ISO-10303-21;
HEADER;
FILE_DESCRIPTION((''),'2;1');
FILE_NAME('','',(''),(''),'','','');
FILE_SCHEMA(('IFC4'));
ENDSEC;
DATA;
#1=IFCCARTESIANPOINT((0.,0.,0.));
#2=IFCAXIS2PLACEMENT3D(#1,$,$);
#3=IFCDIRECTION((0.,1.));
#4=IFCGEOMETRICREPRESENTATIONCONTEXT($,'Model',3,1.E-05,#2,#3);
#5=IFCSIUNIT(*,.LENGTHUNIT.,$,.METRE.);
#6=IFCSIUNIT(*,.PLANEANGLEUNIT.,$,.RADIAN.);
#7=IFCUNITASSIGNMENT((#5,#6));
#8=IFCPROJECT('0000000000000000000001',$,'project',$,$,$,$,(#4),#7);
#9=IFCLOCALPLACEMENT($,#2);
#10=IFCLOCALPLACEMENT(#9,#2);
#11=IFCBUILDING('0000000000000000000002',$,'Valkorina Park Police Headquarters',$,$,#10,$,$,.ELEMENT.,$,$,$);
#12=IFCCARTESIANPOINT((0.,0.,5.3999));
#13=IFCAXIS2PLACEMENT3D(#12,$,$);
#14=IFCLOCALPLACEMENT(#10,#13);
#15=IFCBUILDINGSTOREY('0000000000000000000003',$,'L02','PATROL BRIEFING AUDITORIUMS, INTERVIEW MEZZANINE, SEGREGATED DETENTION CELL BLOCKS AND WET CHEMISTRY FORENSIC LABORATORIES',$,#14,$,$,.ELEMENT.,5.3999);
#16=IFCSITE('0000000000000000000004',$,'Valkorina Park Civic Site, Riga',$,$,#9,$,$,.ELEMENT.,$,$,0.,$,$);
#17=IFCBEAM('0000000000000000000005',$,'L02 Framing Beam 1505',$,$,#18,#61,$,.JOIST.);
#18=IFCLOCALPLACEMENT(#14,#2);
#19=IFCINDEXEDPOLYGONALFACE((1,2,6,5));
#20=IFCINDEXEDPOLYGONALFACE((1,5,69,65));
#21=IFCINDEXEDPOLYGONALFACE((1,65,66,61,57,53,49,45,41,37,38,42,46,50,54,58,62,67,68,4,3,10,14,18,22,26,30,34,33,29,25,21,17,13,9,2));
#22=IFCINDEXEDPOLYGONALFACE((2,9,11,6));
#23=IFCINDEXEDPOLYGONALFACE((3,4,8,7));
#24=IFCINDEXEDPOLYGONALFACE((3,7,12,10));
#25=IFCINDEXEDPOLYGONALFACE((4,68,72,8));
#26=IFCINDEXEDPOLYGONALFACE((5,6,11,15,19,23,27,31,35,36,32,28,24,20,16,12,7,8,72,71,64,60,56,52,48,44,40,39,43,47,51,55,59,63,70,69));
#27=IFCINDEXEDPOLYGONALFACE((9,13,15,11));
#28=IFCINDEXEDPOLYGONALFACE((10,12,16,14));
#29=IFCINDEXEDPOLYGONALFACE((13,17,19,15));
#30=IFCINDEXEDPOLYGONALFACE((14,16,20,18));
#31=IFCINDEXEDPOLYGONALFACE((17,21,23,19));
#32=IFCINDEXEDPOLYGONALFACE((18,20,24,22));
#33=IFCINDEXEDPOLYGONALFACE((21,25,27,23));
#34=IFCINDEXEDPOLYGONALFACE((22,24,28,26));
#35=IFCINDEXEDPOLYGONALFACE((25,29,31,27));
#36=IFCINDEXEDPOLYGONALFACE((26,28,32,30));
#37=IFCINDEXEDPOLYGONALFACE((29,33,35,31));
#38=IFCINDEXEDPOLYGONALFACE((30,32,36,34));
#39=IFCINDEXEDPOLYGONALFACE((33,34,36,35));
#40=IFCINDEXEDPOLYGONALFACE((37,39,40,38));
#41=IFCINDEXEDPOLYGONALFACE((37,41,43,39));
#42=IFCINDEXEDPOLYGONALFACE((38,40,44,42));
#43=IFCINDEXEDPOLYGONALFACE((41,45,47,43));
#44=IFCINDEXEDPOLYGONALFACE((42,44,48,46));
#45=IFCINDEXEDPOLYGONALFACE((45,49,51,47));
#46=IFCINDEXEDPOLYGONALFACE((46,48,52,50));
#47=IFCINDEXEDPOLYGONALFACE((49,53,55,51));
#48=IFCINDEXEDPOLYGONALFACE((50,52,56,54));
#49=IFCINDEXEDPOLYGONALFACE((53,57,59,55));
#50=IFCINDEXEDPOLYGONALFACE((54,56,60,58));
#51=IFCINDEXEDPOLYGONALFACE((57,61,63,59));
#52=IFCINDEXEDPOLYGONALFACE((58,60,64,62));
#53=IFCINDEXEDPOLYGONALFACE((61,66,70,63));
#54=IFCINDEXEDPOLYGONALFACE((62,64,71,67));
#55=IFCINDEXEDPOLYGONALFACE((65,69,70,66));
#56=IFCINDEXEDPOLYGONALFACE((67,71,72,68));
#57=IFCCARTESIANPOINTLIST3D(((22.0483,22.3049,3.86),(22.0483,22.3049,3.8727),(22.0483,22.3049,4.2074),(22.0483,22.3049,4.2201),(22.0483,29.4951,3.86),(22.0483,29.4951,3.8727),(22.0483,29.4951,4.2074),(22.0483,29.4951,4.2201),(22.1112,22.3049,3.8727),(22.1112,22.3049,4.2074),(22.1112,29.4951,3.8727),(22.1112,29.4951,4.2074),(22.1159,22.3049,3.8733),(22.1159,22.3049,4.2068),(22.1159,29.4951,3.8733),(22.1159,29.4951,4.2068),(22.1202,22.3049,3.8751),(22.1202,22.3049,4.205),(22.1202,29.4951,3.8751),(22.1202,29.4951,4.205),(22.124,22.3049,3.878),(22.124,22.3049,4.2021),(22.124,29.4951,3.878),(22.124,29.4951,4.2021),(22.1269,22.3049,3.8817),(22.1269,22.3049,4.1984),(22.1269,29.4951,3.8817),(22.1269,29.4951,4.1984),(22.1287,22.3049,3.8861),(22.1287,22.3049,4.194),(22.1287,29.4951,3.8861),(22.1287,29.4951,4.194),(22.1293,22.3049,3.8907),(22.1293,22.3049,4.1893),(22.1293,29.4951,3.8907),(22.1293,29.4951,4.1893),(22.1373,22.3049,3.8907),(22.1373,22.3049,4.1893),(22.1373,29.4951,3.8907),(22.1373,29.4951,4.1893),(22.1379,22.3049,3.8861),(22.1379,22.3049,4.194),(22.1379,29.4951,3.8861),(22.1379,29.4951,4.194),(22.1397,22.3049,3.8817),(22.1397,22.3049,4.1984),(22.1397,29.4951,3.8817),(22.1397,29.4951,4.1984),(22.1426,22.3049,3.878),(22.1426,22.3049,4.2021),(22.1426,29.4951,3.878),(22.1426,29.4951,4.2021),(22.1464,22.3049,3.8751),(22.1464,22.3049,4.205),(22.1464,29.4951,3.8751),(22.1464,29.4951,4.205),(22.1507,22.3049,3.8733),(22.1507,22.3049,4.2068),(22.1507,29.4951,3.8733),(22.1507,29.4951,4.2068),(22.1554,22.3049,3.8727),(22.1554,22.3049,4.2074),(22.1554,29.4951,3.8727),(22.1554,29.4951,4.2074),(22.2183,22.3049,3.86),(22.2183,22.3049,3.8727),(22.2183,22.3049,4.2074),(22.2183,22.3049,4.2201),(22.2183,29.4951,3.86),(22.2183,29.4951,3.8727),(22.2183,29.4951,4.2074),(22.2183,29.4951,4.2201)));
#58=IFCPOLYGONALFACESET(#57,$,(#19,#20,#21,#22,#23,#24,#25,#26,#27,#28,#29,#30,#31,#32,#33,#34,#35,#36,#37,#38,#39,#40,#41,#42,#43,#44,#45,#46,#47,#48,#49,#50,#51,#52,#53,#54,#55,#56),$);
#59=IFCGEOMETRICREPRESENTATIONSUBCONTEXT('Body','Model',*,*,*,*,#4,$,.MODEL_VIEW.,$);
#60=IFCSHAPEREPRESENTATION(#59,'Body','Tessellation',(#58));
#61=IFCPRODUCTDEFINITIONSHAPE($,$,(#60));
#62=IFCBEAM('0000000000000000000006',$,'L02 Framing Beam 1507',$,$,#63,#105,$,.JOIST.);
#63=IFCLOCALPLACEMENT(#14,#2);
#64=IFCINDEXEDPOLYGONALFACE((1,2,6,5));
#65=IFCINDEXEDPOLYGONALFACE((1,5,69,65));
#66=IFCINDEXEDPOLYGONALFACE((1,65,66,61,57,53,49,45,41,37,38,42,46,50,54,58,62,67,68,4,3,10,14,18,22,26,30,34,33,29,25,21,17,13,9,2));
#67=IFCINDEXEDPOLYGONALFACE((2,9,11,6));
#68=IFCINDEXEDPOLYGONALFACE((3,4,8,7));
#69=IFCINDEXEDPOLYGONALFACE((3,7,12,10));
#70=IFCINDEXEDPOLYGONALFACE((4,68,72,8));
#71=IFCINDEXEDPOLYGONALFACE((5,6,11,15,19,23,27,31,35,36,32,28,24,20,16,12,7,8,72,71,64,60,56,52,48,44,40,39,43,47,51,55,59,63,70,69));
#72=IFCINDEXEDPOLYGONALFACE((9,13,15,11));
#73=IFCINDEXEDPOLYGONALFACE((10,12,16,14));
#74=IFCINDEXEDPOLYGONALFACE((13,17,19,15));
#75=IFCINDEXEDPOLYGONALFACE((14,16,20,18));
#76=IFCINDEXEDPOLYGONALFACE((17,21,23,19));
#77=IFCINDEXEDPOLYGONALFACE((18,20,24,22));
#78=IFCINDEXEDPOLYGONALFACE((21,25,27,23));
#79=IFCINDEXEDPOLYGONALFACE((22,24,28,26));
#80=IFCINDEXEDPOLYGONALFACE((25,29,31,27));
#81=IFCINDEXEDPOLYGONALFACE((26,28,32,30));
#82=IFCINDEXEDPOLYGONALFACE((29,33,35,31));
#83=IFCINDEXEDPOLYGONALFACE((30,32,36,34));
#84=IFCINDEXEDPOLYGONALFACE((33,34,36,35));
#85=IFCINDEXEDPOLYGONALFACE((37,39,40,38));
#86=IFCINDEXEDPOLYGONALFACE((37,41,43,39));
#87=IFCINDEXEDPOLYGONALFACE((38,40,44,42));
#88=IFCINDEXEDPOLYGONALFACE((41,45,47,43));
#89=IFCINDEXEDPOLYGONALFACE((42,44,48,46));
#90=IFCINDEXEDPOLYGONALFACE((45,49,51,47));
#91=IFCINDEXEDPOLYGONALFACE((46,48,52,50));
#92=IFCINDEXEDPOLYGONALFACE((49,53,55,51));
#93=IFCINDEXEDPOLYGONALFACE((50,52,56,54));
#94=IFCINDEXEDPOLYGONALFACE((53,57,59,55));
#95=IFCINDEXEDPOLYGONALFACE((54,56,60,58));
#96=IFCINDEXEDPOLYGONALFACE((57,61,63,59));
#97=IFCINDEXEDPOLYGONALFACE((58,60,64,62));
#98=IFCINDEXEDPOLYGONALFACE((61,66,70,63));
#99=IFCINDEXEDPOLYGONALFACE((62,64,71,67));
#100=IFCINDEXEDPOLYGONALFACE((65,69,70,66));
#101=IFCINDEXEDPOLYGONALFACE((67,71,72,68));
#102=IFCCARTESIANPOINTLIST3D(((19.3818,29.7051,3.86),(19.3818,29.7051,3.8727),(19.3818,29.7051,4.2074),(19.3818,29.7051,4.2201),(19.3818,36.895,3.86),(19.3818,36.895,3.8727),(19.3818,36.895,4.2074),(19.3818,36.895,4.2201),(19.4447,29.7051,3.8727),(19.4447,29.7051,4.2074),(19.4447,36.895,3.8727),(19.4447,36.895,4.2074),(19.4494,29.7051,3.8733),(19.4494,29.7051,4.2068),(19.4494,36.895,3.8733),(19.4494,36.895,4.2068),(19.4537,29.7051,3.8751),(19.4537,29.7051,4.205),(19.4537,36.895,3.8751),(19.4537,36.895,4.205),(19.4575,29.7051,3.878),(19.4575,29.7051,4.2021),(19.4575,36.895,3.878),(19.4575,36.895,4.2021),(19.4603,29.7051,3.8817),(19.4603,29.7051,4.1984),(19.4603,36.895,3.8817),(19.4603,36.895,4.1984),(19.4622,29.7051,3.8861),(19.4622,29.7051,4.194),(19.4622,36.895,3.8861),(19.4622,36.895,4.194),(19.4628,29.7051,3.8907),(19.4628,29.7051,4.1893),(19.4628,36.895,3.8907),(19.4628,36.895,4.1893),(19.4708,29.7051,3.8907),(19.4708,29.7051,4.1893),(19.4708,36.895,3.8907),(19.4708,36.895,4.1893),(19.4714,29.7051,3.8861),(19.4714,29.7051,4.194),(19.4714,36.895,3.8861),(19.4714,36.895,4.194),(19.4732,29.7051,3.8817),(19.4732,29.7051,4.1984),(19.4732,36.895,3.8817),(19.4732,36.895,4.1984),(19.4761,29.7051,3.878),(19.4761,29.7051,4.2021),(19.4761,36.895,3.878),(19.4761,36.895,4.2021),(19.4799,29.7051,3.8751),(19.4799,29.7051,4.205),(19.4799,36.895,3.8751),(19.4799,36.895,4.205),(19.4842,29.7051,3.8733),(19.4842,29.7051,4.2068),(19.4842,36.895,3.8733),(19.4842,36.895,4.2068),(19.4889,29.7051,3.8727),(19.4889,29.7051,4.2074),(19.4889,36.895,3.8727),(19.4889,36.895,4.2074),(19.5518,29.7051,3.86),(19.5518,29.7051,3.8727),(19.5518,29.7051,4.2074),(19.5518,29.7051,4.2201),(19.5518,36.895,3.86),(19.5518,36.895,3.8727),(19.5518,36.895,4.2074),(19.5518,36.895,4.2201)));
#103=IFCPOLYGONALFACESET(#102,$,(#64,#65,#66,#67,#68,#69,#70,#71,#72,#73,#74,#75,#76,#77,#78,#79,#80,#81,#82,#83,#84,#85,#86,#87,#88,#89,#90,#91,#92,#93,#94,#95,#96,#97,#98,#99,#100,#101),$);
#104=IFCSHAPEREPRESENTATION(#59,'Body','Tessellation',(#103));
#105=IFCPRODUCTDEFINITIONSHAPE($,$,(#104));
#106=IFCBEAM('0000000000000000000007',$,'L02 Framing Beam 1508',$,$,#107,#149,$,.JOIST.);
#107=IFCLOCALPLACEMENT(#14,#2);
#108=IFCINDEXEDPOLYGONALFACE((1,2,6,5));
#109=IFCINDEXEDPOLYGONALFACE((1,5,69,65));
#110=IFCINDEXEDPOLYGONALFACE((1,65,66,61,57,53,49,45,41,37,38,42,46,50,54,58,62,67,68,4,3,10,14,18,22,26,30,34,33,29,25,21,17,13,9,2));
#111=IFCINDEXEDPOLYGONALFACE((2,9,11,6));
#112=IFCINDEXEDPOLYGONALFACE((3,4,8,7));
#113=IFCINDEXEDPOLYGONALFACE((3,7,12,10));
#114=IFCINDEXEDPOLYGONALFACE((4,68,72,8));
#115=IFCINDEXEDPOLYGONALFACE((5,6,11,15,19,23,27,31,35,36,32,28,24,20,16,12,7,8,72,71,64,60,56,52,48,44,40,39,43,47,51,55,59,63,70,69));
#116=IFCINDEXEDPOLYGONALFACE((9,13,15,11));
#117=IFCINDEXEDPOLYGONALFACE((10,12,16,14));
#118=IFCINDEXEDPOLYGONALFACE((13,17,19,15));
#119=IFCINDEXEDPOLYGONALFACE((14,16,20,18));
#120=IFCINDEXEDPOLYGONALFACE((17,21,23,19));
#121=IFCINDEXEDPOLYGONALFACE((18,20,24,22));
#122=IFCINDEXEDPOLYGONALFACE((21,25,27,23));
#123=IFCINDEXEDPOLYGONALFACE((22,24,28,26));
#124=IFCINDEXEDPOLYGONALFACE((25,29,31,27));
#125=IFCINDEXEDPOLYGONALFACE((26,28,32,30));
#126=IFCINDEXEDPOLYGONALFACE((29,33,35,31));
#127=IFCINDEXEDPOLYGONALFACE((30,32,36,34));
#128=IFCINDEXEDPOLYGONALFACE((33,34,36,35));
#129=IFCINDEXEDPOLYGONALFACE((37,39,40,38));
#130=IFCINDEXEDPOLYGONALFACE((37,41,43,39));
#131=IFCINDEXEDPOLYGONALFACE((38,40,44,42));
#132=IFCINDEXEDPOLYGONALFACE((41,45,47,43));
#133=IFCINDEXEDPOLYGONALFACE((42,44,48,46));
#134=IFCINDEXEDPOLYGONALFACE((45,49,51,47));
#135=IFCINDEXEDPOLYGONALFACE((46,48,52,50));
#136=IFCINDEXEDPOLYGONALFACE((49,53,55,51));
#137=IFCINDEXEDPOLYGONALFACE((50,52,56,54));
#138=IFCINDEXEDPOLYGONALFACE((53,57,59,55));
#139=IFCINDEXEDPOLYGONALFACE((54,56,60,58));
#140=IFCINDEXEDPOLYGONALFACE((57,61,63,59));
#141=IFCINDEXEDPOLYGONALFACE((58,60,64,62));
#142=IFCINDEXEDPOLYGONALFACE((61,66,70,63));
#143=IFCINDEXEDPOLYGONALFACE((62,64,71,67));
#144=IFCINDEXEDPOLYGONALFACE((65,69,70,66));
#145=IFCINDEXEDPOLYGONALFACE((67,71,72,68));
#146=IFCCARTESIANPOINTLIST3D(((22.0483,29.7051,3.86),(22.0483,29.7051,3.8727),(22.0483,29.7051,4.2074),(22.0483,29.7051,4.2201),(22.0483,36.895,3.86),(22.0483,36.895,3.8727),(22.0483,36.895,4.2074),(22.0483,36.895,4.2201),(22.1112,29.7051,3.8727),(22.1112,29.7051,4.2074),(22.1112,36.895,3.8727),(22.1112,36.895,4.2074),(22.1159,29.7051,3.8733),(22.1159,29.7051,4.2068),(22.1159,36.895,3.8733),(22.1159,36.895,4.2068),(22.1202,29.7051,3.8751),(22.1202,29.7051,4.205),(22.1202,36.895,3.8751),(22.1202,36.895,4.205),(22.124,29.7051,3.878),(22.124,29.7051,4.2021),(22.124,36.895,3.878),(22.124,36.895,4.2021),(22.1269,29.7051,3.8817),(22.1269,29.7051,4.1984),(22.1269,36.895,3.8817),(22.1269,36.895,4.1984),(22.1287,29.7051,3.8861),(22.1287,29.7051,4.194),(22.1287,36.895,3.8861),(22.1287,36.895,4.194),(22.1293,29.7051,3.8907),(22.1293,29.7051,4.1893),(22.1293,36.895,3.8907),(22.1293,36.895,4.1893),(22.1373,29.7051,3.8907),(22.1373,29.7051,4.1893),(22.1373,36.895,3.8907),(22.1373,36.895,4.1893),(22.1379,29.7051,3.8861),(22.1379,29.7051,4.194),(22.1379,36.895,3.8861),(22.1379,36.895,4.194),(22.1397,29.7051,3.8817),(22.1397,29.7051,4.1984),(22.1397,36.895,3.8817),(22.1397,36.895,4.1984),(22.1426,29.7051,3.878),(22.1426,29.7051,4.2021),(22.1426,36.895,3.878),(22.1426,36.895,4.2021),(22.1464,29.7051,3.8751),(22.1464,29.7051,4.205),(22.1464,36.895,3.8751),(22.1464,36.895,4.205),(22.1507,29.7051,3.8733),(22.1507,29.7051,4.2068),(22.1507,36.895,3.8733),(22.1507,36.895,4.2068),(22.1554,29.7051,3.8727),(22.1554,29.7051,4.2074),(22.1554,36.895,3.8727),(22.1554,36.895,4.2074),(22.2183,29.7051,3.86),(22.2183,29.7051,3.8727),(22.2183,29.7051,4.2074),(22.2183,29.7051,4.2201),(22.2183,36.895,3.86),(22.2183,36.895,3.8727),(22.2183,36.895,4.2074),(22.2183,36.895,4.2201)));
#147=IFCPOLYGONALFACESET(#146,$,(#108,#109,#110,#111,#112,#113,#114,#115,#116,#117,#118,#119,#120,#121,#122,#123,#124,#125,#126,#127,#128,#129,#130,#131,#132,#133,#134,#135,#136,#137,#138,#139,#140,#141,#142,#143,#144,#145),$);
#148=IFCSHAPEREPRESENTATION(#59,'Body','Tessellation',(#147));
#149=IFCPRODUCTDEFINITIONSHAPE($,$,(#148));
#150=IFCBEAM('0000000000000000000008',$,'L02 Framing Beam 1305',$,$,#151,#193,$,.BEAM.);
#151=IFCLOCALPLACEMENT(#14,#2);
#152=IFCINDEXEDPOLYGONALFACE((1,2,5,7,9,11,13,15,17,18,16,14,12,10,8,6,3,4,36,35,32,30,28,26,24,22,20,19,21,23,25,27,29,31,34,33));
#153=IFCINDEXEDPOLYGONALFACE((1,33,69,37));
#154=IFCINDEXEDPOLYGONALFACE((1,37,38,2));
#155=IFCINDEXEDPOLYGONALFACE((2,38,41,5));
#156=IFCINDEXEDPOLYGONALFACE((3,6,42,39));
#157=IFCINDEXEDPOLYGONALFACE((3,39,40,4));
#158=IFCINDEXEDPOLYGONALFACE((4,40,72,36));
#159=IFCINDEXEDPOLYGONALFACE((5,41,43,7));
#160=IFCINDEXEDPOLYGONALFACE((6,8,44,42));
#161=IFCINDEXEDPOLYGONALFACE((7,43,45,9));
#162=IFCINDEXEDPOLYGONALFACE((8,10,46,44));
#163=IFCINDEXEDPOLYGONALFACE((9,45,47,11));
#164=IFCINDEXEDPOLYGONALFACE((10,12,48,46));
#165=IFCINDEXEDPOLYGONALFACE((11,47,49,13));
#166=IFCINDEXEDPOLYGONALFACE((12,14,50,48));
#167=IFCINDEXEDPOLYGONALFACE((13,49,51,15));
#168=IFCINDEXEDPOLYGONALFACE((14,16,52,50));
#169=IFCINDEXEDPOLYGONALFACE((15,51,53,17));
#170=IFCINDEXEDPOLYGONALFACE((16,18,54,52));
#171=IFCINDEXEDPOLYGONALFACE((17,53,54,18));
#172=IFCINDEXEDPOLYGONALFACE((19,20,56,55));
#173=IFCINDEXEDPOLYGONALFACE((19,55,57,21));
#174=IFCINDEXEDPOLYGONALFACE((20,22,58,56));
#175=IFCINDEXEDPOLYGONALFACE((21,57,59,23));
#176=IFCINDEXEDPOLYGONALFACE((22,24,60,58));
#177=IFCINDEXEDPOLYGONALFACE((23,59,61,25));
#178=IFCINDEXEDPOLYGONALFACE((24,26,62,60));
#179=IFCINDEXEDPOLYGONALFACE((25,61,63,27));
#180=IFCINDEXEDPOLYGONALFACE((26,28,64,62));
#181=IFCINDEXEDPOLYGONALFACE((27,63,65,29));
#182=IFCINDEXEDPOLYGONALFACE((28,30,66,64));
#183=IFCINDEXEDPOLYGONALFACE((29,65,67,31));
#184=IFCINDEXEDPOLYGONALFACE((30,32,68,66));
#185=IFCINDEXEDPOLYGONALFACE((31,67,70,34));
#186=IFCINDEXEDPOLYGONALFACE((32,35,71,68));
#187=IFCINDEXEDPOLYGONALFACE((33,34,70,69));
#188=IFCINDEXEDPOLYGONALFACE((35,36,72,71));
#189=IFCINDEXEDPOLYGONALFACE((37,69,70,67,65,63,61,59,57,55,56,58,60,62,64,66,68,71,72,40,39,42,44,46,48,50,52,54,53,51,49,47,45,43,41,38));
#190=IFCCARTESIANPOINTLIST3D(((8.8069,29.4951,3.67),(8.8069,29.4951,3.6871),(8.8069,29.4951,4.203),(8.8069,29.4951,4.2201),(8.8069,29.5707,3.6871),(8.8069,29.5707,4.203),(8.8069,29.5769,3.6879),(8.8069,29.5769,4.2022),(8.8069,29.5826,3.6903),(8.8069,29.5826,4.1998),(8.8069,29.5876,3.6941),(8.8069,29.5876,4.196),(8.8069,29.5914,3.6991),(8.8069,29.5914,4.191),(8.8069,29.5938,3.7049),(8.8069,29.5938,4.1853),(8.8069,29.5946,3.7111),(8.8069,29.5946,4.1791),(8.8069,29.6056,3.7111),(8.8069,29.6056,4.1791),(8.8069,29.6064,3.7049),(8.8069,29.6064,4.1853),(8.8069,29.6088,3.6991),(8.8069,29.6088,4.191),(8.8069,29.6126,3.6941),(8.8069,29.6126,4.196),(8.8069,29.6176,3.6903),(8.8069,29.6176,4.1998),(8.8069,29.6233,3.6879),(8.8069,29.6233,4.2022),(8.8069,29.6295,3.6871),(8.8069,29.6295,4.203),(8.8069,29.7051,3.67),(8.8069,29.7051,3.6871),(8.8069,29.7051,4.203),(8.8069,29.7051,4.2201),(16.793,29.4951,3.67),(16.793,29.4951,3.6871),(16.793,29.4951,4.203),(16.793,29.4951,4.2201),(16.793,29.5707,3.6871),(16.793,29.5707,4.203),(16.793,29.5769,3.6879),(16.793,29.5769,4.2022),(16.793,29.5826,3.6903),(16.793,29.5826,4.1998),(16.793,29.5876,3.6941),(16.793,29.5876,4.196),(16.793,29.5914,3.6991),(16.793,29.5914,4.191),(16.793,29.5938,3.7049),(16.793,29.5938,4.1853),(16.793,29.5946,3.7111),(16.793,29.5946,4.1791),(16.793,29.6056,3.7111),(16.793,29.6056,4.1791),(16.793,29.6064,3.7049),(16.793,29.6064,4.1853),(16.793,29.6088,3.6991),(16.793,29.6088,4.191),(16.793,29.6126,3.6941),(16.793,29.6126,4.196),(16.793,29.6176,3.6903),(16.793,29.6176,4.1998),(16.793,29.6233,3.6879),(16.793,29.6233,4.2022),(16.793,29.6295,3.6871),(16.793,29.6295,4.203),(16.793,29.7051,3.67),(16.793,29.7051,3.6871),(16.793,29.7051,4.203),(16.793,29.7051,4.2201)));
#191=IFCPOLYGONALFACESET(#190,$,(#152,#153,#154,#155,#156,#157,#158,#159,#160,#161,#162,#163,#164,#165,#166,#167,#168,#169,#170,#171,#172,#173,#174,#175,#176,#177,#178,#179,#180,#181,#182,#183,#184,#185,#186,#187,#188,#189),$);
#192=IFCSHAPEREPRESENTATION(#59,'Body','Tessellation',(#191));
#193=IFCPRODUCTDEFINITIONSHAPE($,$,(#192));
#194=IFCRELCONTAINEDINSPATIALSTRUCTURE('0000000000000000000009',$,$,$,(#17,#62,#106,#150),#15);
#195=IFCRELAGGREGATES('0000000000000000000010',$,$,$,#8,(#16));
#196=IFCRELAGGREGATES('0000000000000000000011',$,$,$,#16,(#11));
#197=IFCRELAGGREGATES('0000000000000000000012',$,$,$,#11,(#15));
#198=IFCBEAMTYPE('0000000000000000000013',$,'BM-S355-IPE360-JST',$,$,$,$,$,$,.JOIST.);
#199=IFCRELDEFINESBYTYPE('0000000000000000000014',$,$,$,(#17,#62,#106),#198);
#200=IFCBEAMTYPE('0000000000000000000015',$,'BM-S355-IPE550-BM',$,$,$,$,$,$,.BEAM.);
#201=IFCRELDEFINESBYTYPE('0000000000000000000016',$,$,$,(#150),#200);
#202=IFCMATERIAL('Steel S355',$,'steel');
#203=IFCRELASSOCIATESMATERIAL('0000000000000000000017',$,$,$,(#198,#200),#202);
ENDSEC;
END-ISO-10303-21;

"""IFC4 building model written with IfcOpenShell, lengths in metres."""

from ifc_helpers import new_model, si_unit, direction, frame, origin, origin_2d, place, context, subcontext, project, spatial, i_section, extrude, material, material_profile, profile_set, type_object, element, save


model = new_model("IFC4")

# Units and contexts
model_context = context("Model", 3, precision=1e-05, world=origin(), true_north=direction((0.0, 1.0)))
body_context = subcontext(model_context, "Body", "Model", "MODEL_VIEW")
ifc_project = project(units=[si_unit("LENGTHUNIT", "METRE"), si_unit("PLANEANGLEUNIT", "RADIAN")], contexts=[model_context])

# Site, building, storey
site_placement = place(None, origin())
site = spatial("IfcSite", under=ifc_project, at=site_placement, Name="Valkorina Park Civic Site, Riga", CompositionType="ELEMENT", RefElevation=0.0)
building_placement = place(site_placement, origin())
building = spatial("IfcBuilding", under=site, at=building_placement, Name="Valkorina Park Police Headquarters", CompositionType="ELEMENT")
storey_placement = place(building_placement, frame((0.0, 0.0, 5.3999)))
storey = spatial("IfcBuildingStorey", under=building, at=storey_placement, Name="L02", Description="PATROL BRIEFING AUDITORIUMS, INTERVIEW MEZZANINE, SEGREGATED DETENTION CELL BLOCKS AND WET CHEMISTRY FORENSIC LABORATORIES", CompositionType="ELEMENT", Elevation=5.3999)

# Shared definitions
ifc_material_1 = material(Name="Steel S355", Category="steel")

# Beams
ifc_material_profile_1 = material_profile(ifc_material_1, i_section(OverallWidth=0.1699, OverallDepth=0.3601, WebThickness=0.0081, FlangeThickness=0.0127, FilletRadius=0.0181, at=origin_2d()), Name="IPE 360")
ifc_profile_set_1 = profile_set([ifc_material_profile_1], Name="Steel S355")
beam_type_1 = type_object("IfcBeamType", Name="BM-S355-IPE360-JST", PredefinedType="JOIST", material=ifc_profile_set_1)
beam_1_placement = place(storey_placement, frame((22.1333, 22.3049, 4.04), z_axis=(0.0, 1.0, 0.0), x_axis=(-1.0, 0.0, 0.0)))
element("IfcBeam", 1, at=beam_1_placement, inside=storey, type_object=beam_type_1, Name="L02 Framing Beam 1505", PredefinedType="JOIST", context=body_context, shape_type="SweptSolid", body=[
    extrude(i_section(OverallWidth=0.1699, OverallDepth=0.3601, WebThickness=0.0081, FlangeThickness=0.0127, FilletRadius=0.0181, at=origin_2d()), origin(), (0.0, 0.0, 1.0), 7.1902),
])
for number, where, z_axis, x_axis, name in (
    (2, (19.4668, 29.7051, 4.04), (0.0, 1.0, 0.0), (-1.0, 0.0, 0.0), "L02 Framing Beam 1507"),
    (3, (22.1333, 29.7051, 4.04), (0.0, 1.0, 0.0), (-1.0, 0.0, 0.0), "L02 Framing Beam 1508"),
):
    element("IfcBeam", number, at=place(storey_placement, frame(where, z_axis=z_axis, x_axis=x_axis)), inside=storey, type_object=beam_type_1, Name=name, PredefinedType="JOIST", context=body_context, shape_type="SweptSolid", body=[
        extrude(i_section(OverallWidth=0.1699, OverallDepth=0.3601, WebThickness=0.0081, FlangeThickness=0.0127, FilletRadius=0.0181, at=origin_2d()), origin(), (0.0, 0.0, 1.0), 7.1899),
    ])
ifc_material_profile_2 = material_profile(ifc_material_1, i_section(OverallWidth=0.21, OverallDepth=0.55, WebThickness=0.011, FlangeThickness=0.0171, FilletRadius=0.0239, at=origin_2d()), Name="IPE 550")
ifc_profile_set_2 = profile_set([ifc_material_profile_2], Name="Steel S355")
beam_type_2 = type_object("IfcBeamType", Name="BM-S355-IPE550-BM", PredefinedType="BEAM", material=ifc_profile_set_2)
for number, where, z_axis, x_axis, name in (
    (4, (8.8069, 29.6001, 3.9451), (1.0, 0.0, 0.0), (0.0, 1.0, 0.0), "L02 Framing Beam 1305"),
):
    element("IfcBeam", number, at=place(storey_placement, frame(where, z_axis=z_axis, x_axis=x_axis)), inside=storey, type_object=beam_type_2, Name=name, PredefinedType="BEAM", context=body_context, shape_type="SweptSolid", body=[
        extrude(i_section(OverallWidth=0.21, OverallDepth=0.55, WebThickness=0.011, FlangeThickness=0.0171, FilletRadius=0.0239, at=origin_2d()), origin(), (0.0, 0.0, 1.0), 7.9861),
    ])

save(model, "model.ifc")
